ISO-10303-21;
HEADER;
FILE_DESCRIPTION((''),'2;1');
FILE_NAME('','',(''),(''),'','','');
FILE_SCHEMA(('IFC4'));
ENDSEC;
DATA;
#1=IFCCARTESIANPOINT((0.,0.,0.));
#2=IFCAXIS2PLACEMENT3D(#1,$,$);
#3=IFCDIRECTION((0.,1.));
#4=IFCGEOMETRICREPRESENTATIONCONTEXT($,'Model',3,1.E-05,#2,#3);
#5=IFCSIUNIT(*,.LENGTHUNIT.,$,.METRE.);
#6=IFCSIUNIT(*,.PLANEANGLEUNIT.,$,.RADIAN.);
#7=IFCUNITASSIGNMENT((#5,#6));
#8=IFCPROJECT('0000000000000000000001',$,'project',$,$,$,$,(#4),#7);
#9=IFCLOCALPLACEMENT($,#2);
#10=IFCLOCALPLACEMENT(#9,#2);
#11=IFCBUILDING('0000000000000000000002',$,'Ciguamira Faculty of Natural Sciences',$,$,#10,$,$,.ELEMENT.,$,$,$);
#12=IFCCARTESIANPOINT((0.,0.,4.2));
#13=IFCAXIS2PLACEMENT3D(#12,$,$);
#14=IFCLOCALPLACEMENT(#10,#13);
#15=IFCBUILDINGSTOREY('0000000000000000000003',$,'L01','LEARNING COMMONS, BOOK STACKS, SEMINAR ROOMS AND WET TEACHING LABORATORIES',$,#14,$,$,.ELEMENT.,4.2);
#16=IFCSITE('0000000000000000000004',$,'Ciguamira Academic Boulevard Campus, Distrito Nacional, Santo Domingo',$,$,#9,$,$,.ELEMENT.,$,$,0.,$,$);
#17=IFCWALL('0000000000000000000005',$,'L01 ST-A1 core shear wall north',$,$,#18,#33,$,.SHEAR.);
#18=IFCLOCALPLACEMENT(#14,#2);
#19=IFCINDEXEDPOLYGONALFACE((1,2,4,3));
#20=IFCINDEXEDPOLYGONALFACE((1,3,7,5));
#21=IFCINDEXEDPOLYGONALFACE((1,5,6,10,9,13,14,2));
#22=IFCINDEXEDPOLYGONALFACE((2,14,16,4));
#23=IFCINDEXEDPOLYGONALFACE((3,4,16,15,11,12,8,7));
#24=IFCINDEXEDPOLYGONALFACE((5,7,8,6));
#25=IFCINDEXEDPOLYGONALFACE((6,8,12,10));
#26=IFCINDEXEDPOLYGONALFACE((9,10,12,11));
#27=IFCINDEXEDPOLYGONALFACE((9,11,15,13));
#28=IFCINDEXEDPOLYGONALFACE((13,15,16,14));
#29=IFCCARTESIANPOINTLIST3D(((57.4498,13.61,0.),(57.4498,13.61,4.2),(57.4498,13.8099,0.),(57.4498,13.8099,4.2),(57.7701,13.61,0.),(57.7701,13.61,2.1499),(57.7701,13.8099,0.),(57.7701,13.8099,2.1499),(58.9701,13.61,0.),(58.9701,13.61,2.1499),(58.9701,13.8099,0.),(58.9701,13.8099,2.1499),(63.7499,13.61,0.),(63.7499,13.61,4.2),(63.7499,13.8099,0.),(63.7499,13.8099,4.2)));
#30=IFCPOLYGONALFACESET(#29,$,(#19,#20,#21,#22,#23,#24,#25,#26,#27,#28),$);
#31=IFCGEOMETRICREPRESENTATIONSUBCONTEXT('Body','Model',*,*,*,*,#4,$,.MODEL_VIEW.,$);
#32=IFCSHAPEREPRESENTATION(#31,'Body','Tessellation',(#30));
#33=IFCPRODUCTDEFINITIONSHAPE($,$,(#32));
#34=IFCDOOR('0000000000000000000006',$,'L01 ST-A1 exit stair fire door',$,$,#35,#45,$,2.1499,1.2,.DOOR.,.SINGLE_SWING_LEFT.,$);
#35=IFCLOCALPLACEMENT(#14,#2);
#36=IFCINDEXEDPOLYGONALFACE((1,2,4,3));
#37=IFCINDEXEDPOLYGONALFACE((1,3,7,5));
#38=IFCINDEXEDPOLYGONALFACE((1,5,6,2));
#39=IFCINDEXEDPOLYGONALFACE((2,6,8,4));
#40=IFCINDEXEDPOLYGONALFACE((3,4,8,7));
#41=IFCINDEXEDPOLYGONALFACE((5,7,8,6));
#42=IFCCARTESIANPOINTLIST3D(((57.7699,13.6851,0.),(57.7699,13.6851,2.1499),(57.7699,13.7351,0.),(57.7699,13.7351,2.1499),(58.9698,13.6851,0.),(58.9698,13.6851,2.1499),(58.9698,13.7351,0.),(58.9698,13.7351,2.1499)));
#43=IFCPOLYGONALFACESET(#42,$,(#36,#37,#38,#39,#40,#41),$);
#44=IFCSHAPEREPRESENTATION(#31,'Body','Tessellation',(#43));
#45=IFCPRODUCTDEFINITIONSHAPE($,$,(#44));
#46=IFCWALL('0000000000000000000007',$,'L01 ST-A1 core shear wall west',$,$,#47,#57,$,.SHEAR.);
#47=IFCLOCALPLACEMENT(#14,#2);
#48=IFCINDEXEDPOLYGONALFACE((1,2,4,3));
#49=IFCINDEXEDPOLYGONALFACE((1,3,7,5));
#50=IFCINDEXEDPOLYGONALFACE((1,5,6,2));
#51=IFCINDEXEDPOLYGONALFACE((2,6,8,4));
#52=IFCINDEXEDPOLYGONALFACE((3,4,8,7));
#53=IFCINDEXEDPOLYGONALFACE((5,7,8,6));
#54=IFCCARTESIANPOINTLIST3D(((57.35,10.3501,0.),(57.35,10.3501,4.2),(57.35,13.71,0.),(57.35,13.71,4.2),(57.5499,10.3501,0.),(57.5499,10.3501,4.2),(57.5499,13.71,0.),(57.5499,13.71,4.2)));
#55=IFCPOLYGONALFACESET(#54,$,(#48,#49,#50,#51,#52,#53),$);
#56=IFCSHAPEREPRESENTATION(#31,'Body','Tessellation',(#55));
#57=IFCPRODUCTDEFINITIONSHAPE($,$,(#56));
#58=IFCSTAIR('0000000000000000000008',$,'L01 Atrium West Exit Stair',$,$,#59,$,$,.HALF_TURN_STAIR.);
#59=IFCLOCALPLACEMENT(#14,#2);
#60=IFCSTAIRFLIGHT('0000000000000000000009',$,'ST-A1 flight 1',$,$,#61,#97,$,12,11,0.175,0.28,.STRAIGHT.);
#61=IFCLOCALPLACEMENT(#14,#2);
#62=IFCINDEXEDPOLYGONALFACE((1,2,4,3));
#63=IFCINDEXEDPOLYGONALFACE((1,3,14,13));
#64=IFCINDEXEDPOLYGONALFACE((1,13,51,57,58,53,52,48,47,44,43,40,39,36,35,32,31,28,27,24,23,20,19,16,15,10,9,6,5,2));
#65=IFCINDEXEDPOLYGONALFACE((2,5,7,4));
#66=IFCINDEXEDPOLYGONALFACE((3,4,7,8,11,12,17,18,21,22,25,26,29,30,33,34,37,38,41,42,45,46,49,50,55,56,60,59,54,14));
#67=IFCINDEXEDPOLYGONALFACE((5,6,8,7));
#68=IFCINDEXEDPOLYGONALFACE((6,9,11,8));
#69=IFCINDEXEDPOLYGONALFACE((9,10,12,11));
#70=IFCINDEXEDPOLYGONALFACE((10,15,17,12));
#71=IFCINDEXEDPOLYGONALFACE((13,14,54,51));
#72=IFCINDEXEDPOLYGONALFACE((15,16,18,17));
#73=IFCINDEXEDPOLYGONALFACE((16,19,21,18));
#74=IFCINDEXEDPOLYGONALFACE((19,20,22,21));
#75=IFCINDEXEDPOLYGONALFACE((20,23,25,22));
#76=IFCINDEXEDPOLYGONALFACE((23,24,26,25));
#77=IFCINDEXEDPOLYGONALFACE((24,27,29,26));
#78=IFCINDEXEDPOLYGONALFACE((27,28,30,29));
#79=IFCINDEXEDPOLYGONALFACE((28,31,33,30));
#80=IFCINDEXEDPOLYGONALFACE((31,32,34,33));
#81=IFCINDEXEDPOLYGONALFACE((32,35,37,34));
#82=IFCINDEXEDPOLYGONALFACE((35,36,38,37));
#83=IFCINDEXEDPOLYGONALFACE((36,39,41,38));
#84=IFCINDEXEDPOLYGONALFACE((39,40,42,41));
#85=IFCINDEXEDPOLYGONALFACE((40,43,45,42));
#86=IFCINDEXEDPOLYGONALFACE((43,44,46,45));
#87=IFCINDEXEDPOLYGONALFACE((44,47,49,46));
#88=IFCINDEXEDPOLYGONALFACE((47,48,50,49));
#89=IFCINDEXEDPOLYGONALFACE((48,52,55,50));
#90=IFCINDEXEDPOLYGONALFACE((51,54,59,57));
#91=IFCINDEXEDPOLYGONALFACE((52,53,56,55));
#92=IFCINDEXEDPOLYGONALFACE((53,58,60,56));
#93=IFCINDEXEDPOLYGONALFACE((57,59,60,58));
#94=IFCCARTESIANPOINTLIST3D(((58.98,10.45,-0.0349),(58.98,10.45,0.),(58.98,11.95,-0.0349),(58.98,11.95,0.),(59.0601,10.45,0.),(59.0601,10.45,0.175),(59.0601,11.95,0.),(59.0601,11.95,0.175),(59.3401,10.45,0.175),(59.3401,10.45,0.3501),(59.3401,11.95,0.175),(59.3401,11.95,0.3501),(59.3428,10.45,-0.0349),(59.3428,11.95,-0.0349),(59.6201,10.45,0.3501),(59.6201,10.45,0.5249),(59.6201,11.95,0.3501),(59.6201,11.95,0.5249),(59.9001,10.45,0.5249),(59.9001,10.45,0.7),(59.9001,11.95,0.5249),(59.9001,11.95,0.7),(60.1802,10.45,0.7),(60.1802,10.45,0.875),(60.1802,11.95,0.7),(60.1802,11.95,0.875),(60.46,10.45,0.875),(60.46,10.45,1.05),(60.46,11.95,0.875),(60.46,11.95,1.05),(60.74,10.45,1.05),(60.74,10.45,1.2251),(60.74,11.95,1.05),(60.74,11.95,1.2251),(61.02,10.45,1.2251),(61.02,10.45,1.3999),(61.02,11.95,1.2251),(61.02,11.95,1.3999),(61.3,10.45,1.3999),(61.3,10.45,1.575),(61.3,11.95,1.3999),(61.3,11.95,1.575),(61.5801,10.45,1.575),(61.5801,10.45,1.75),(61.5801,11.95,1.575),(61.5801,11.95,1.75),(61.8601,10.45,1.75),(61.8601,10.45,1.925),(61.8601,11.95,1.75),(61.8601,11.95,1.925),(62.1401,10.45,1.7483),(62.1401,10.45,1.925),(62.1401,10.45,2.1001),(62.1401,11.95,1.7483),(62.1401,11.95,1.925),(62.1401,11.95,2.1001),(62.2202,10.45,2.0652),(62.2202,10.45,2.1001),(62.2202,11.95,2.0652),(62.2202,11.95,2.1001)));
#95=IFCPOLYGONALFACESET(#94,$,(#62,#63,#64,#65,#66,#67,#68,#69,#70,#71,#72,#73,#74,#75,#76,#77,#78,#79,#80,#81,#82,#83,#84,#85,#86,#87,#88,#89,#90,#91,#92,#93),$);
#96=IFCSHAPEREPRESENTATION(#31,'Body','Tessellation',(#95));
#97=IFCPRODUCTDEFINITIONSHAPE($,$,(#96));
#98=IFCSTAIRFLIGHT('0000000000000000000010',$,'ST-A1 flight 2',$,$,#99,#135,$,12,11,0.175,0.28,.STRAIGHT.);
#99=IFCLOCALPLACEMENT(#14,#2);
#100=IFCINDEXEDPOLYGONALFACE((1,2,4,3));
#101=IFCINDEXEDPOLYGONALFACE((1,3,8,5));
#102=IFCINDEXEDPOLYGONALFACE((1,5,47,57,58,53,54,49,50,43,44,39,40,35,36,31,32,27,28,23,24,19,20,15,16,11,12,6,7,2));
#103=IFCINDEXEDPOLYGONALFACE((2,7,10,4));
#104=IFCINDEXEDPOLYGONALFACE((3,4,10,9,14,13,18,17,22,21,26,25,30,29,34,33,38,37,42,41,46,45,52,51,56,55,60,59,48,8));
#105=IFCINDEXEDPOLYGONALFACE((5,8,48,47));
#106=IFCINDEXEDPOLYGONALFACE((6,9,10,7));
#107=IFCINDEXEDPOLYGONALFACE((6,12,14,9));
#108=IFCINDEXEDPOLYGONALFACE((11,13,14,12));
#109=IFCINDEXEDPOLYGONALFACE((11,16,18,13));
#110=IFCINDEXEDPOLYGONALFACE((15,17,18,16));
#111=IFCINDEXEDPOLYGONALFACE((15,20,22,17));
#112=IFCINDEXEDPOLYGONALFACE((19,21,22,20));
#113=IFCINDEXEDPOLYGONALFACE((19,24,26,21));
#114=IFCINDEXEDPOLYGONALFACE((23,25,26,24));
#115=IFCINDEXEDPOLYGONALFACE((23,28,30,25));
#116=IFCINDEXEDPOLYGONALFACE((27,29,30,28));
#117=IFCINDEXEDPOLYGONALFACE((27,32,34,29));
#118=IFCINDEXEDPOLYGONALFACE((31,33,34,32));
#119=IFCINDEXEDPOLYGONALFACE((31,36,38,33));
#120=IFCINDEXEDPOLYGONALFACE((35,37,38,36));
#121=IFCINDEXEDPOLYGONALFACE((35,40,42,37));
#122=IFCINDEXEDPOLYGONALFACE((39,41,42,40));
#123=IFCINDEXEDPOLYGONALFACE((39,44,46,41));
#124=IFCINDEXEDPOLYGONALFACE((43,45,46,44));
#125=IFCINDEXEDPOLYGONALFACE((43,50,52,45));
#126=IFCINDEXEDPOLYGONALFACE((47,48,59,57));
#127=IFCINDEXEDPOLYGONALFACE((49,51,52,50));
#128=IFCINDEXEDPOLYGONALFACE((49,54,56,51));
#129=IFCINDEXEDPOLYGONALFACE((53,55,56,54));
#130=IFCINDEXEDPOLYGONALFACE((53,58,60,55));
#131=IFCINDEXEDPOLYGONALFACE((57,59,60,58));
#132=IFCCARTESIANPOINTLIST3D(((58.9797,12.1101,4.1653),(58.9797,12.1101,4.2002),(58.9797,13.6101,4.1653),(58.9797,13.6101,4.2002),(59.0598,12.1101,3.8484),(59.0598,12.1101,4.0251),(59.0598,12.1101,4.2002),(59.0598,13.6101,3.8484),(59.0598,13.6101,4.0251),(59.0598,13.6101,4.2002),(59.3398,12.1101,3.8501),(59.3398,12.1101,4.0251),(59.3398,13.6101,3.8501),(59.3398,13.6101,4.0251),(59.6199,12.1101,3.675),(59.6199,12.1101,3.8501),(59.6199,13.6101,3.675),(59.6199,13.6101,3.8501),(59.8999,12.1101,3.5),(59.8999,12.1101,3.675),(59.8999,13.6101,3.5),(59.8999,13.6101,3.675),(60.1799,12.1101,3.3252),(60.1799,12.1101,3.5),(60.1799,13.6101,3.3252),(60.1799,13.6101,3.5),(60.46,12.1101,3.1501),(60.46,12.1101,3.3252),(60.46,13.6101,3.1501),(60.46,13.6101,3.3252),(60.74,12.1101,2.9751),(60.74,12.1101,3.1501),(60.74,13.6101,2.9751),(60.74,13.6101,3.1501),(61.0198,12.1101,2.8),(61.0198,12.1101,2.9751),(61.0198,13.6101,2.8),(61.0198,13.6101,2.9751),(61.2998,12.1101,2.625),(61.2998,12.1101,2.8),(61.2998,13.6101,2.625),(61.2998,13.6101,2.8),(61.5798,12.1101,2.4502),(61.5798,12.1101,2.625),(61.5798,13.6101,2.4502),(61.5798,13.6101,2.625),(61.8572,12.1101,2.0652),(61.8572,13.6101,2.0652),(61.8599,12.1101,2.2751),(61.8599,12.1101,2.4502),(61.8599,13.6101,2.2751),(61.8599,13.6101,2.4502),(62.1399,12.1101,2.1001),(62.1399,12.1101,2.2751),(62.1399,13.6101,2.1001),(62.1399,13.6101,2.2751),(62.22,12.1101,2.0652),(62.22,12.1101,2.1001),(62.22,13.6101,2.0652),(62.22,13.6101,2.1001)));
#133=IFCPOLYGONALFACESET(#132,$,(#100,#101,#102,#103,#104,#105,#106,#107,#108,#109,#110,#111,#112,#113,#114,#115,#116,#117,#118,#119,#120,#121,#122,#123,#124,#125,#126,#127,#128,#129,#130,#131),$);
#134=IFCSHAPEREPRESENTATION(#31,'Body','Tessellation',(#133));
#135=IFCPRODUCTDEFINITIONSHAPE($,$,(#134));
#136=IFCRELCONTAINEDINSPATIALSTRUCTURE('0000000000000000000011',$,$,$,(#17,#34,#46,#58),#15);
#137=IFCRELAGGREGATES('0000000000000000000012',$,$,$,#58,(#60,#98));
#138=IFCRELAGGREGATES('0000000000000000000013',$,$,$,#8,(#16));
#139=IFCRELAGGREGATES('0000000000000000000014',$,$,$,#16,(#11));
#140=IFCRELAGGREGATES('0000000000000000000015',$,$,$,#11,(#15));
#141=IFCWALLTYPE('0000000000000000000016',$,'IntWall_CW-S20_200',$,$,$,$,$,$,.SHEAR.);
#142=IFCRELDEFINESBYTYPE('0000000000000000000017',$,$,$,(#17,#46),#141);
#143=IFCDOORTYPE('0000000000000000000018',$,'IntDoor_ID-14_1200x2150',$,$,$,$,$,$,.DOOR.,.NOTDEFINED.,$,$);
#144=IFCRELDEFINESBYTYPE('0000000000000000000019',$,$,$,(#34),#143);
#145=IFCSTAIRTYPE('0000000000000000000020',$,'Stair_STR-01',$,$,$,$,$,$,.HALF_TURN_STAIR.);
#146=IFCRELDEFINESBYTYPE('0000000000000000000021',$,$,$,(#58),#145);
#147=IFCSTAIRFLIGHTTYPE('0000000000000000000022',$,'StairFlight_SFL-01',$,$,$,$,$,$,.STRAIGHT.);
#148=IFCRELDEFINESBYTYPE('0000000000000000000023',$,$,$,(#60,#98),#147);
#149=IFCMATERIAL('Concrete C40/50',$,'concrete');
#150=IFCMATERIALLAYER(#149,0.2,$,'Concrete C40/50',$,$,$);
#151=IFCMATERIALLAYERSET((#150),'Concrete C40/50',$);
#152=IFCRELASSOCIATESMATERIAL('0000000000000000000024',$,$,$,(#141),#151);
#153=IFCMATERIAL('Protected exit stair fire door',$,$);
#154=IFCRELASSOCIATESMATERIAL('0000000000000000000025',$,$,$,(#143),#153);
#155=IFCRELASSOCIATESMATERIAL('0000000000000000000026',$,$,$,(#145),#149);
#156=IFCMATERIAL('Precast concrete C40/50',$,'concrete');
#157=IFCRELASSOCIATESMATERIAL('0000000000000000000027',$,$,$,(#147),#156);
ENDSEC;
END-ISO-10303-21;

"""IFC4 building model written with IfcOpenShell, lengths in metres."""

from ifc_helpers import new_model, si_unit, direction, frame, frame_2d, origin, place, context, subcontext, project, spatial, polyline, rectangle, outline, extrude, material, layer, layer_set, type_object, element, fill, aggregate, save


model = new_model("IFC4")

# Units and contexts
model_context = context("Model", 3, precision=1e-05, world=origin(), true_north=direction((0.0, 1.0)))
body_context = subcontext(model_context, "Body", "Model", "MODEL_VIEW")
ifc_project = project(units=[si_unit("LENGTHUNIT", "METRE"), si_unit("PLANEANGLEUNIT", "RADIAN")], contexts=[model_context])

# Site, building, storey
site_placement = place(None, origin())
site = spatial("IfcSite", under=ifc_project, at=site_placement, Name="Ciguamira Academic Boulevard Campus, Distrito Nacional, Santo Domingo", CompositionType="ELEMENT", RefElevation=0.0)
building_placement = place(site_placement, origin())
building = spatial("IfcBuilding", under=site, at=building_placement, Name="Ciguamira Faculty of Natural Sciences", CompositionType="ELEMENT")
storey_placement = place(building_placement, frame((0.0, 0.0, 4.2)))
storey = spatial("IfcBuildingStorey", under=building, at=storey_placement, Name="L01", Description="LEARNING COMMONS, BOOK STACKS, SEMINAR ROOMS AND WET TEACHING LABORATORIES", CompositionType="ELEMENT", Elevation=4.2)

# Shared definitions
ifc_material_1 = material(Name="Concrete C40/50", Category="concrete")

# Shared definitions
ifc_layer_1 = layer(ifc_material_1, 0.2, Name="Concrete C40/50")
ifc_layer_set_1 = layer_set([ifc_layer_1], Name="Concrete C40/50")
wall_type = type_object("IfcWallType", Name="IntWall_CW-S20_200", PredefinedType="SHEAR", material=ifc_layer_set_1)

# Wall, opening, door
wall_1_placement = place(storey_placement, frame((57.45, 13.71, 0.0), z_axis=(0.0, 0.0, 1.0), x_axis=(1.0, 0.0, 0.0)))
wall_1 = element("IfcWall", 1, at=wall_1_placement, inside=storey, type_object=wall_type, Name="L01 ST-A1 core shear wall north", PredefinedType="SHEAR", context=body_context, shape_type="SweptSolid", body=[
    extrude(rectangle(XDim=6.3, YDim=0.2, at=frame_2d((3.1499, 0.0))), origin(), (0.0, 0.0, 1.0), 4.2),
])
opening_placement = place(wall_1_placement, frame((0.3201, 0.0, 0.0)))
opening = element("IfcOpeningElement", 2, at=opening_placement, cuts=wall_1, PredefinedType="OPENING", context=body_context, shape_type="SweptSolid", body=[
    extrude(rectangle(XDim=1.2, YDim=2.1499, at=frame_2d((0.6001, 1.075))), frame((0.0, 0.1099, 0.0), z_axis=(0.0, -1.0, 0.0), x_axis=(1.0, 0.0, 0.0)), (0.0, 0.0, 1.0), 0.22),
])
ifc_material_2 = material(Name="Protected exit stair fire door")
door_type = type_object("IfcDoorType", Name="IntDoor_ID-14_1200x2150", OperationType="NOTDEFINED", PredefinedType="DOOR", material=ifc_material_2)
door_placement = place(opening_placement, frame((1.2, 0.0, 0.0), z_axis=(0.0, 0.0, 1.0), x_axis=(-1.0, 0.0, 0.0)))
door = element("IfcDoor", 3, at=door_placement, inside=storey, type_object=door_type, Name="L01 ST-A1 exit stair fire door", OperationType="SINGLE_SWING_LEFT", OverallHeight=2.1499, OverallWidth=1.2, PredefinedType="DOOR", context=body_context, shape_type="SweptSolid", body=[
    extrude(rectangle(XDim=1.2, YDim=2.1499, at=frame_2d((0.6001, 1.075))), frame((0.0, 0.0249, 0.0), z_axis=(0.0, -1.0, 0.0), x_axis=(1.0, 0.0, 0.0)), (0.0, 0.0, 1.0), 0.05),
])
fill(opening, door)

# Wall
wall_2_placement = place(storey_placement, frame((57.45, 10.3501, 0.0), z_axis=(0.0, 0.0, 1.0), x_axis=(0.0, 1.0, 0.0)))
element("IfcWall", 4, at=wall_2_placement, inside=storey, type_object=wall_type, Name="L01 ST-A1 core shear wall west", PredefinedType="SHEAR", context=body_context, shape_type="SweptSolid", body=[
    extrude(rectangle(XDim=3.3599, YDim=0.2, at=frame_2d((1.6799, 0.0))), origin(), (0.0, 0.0, 1.0), 4.2),
])

# Stair, stair flights
stair_type = type_object("IfcStairType", Name="Stair_STR-01", PredefinedType="HALF_TURN_STAIR", material=ifc_material_1)
stair_placement = place(storey_placement, origin())
stair = element("IfcStair", 5, at=stair_placement, inside=storey, type_object=stair_type, Name="L01 Atrium West Exit Stair", PredefinedType="HALF_TURN_STAIR")
ifc_material_3 = material(Name="Precast concrete C40/50", Category="concrete")
stair_flight_type = type_object("IfcStairFlightType", Name="StairFlight_SFL-01", PredefinedType="STRAIGHT", material=ifc_material_3)
stair_flight_1_placement = place(storey_placement, frame((59.0601, 11.2, 0.0), z_axis=(0.0, 0.0, 1.0), x_axis=(1.0, 0.0, 0.0)))
stair_flight_1 = element("IfcStairFlight", 6, at=stair_flight_1_placement, type_object=stair_flight_type, Name="ST-A1 flight 1", NumberOfRisers=12, NumberOfTreads=11, PredefinedType="STRAIGHT", RiserHeight=0.175, TreadLength=0.28, context=body_context, shape_type="SweptSolid", body=[
    extrude(outline(polyline([(-0.0801, -0.0349), (-0.0801, 0.0), (0.0, 0.0), (0.0, 0.175), (0.28, 0.175), (0.28, 0.3501), (0.5601, 0.3501), (0.5601, 0.5249), (0.8401, 0.5249), (0.8401, 0.7), (1.1201, 0.7), (1.1201, 0.875), (1.3999, 0.875), (1.3999, 1.05), (1.6799, 1.05), (1.6799, 1.2251), (1.96, 1.2251), (1.96, 1.3999), (2.24, 1.3999), (2.24, 1.575), (2.52, 1.575), (2.52, 1.75), (2.8, 1.75), (2.8, 1.925), (3.0801, 1.925), (3.0801, 2.1001), (3.1602, 2.1001), (3.1602, 2.0652), (3.0801, 1.7483), (0.2827, -0.0349), (-0.0801, -0.0349)])), frame((0.0, 0.75, 0.0), z_axis=(0.0, -1.0, 0.0), x_axis=(1.0, 0.0, 0.0)), (0.0, 0.0, 1.0), 1.5),
])
stair_flight_2_placement = place(storey_placement, frame((62.1399, 12.8601, 2.1001), z_axis=(0.0, 0.0, 1.0), x_axis=(-1.0, 0.0, 0.0)))
stair_flight_2 = element("IfcStairFlight", 7, at=stair_flight_2_placement, type_object=stair_flight_type, Name="ST-A1 flight 2", NumberOfRisers=12, NumberOfTreads=11, PredefinedType="STRAIGHT", RiserHeight=0.175, TreadLength=0.28, context=body_context, shape_type="SweptSolid", body=[
    extrude(outline(polyline([(-0.0801, -0.0349), (-0.0801, 0.0), (0.0, 0.0), (0.0, 0.175), (0.28, 0.175), (0.28, 0.3501), (0.5601, 0.3501), (0.5601, 0.5249), (0.8401, 0.5249), (0.8401, 0.7), (1.1201, 0.7), (1.1201, 0.875), (1.3999, 0.875), (1.3999, 1.05), (1.6799, 1.05), (1.6799, 1.2251), (1.96, 1.2251), (1.96, 1.3999), (2.24, 1.3999), (2.24, 1.575), (2.52, 1.575), (2.52, 1.75), (2.8, 1.75), (2.8, 1.925), (3.0801, 1.925), (3.0801, 2.1001), (3.1602, 2.1001), (3.1602, 2.0652), (3.0801, 1.7483), (0.2827, -0.0349), (-0.0801, -0.0349)])), frame((0.0, 0.75, 0.0), z_axis=(0.0, -1.0, 0.0), x_axis=(1.0, 0.0, 0.0)), (0.0, 0.0, 1.0), 1.5),
])
aggregate(stair, [stair_flight_1, stair_flight_2])

save(model, "model.ifc")
